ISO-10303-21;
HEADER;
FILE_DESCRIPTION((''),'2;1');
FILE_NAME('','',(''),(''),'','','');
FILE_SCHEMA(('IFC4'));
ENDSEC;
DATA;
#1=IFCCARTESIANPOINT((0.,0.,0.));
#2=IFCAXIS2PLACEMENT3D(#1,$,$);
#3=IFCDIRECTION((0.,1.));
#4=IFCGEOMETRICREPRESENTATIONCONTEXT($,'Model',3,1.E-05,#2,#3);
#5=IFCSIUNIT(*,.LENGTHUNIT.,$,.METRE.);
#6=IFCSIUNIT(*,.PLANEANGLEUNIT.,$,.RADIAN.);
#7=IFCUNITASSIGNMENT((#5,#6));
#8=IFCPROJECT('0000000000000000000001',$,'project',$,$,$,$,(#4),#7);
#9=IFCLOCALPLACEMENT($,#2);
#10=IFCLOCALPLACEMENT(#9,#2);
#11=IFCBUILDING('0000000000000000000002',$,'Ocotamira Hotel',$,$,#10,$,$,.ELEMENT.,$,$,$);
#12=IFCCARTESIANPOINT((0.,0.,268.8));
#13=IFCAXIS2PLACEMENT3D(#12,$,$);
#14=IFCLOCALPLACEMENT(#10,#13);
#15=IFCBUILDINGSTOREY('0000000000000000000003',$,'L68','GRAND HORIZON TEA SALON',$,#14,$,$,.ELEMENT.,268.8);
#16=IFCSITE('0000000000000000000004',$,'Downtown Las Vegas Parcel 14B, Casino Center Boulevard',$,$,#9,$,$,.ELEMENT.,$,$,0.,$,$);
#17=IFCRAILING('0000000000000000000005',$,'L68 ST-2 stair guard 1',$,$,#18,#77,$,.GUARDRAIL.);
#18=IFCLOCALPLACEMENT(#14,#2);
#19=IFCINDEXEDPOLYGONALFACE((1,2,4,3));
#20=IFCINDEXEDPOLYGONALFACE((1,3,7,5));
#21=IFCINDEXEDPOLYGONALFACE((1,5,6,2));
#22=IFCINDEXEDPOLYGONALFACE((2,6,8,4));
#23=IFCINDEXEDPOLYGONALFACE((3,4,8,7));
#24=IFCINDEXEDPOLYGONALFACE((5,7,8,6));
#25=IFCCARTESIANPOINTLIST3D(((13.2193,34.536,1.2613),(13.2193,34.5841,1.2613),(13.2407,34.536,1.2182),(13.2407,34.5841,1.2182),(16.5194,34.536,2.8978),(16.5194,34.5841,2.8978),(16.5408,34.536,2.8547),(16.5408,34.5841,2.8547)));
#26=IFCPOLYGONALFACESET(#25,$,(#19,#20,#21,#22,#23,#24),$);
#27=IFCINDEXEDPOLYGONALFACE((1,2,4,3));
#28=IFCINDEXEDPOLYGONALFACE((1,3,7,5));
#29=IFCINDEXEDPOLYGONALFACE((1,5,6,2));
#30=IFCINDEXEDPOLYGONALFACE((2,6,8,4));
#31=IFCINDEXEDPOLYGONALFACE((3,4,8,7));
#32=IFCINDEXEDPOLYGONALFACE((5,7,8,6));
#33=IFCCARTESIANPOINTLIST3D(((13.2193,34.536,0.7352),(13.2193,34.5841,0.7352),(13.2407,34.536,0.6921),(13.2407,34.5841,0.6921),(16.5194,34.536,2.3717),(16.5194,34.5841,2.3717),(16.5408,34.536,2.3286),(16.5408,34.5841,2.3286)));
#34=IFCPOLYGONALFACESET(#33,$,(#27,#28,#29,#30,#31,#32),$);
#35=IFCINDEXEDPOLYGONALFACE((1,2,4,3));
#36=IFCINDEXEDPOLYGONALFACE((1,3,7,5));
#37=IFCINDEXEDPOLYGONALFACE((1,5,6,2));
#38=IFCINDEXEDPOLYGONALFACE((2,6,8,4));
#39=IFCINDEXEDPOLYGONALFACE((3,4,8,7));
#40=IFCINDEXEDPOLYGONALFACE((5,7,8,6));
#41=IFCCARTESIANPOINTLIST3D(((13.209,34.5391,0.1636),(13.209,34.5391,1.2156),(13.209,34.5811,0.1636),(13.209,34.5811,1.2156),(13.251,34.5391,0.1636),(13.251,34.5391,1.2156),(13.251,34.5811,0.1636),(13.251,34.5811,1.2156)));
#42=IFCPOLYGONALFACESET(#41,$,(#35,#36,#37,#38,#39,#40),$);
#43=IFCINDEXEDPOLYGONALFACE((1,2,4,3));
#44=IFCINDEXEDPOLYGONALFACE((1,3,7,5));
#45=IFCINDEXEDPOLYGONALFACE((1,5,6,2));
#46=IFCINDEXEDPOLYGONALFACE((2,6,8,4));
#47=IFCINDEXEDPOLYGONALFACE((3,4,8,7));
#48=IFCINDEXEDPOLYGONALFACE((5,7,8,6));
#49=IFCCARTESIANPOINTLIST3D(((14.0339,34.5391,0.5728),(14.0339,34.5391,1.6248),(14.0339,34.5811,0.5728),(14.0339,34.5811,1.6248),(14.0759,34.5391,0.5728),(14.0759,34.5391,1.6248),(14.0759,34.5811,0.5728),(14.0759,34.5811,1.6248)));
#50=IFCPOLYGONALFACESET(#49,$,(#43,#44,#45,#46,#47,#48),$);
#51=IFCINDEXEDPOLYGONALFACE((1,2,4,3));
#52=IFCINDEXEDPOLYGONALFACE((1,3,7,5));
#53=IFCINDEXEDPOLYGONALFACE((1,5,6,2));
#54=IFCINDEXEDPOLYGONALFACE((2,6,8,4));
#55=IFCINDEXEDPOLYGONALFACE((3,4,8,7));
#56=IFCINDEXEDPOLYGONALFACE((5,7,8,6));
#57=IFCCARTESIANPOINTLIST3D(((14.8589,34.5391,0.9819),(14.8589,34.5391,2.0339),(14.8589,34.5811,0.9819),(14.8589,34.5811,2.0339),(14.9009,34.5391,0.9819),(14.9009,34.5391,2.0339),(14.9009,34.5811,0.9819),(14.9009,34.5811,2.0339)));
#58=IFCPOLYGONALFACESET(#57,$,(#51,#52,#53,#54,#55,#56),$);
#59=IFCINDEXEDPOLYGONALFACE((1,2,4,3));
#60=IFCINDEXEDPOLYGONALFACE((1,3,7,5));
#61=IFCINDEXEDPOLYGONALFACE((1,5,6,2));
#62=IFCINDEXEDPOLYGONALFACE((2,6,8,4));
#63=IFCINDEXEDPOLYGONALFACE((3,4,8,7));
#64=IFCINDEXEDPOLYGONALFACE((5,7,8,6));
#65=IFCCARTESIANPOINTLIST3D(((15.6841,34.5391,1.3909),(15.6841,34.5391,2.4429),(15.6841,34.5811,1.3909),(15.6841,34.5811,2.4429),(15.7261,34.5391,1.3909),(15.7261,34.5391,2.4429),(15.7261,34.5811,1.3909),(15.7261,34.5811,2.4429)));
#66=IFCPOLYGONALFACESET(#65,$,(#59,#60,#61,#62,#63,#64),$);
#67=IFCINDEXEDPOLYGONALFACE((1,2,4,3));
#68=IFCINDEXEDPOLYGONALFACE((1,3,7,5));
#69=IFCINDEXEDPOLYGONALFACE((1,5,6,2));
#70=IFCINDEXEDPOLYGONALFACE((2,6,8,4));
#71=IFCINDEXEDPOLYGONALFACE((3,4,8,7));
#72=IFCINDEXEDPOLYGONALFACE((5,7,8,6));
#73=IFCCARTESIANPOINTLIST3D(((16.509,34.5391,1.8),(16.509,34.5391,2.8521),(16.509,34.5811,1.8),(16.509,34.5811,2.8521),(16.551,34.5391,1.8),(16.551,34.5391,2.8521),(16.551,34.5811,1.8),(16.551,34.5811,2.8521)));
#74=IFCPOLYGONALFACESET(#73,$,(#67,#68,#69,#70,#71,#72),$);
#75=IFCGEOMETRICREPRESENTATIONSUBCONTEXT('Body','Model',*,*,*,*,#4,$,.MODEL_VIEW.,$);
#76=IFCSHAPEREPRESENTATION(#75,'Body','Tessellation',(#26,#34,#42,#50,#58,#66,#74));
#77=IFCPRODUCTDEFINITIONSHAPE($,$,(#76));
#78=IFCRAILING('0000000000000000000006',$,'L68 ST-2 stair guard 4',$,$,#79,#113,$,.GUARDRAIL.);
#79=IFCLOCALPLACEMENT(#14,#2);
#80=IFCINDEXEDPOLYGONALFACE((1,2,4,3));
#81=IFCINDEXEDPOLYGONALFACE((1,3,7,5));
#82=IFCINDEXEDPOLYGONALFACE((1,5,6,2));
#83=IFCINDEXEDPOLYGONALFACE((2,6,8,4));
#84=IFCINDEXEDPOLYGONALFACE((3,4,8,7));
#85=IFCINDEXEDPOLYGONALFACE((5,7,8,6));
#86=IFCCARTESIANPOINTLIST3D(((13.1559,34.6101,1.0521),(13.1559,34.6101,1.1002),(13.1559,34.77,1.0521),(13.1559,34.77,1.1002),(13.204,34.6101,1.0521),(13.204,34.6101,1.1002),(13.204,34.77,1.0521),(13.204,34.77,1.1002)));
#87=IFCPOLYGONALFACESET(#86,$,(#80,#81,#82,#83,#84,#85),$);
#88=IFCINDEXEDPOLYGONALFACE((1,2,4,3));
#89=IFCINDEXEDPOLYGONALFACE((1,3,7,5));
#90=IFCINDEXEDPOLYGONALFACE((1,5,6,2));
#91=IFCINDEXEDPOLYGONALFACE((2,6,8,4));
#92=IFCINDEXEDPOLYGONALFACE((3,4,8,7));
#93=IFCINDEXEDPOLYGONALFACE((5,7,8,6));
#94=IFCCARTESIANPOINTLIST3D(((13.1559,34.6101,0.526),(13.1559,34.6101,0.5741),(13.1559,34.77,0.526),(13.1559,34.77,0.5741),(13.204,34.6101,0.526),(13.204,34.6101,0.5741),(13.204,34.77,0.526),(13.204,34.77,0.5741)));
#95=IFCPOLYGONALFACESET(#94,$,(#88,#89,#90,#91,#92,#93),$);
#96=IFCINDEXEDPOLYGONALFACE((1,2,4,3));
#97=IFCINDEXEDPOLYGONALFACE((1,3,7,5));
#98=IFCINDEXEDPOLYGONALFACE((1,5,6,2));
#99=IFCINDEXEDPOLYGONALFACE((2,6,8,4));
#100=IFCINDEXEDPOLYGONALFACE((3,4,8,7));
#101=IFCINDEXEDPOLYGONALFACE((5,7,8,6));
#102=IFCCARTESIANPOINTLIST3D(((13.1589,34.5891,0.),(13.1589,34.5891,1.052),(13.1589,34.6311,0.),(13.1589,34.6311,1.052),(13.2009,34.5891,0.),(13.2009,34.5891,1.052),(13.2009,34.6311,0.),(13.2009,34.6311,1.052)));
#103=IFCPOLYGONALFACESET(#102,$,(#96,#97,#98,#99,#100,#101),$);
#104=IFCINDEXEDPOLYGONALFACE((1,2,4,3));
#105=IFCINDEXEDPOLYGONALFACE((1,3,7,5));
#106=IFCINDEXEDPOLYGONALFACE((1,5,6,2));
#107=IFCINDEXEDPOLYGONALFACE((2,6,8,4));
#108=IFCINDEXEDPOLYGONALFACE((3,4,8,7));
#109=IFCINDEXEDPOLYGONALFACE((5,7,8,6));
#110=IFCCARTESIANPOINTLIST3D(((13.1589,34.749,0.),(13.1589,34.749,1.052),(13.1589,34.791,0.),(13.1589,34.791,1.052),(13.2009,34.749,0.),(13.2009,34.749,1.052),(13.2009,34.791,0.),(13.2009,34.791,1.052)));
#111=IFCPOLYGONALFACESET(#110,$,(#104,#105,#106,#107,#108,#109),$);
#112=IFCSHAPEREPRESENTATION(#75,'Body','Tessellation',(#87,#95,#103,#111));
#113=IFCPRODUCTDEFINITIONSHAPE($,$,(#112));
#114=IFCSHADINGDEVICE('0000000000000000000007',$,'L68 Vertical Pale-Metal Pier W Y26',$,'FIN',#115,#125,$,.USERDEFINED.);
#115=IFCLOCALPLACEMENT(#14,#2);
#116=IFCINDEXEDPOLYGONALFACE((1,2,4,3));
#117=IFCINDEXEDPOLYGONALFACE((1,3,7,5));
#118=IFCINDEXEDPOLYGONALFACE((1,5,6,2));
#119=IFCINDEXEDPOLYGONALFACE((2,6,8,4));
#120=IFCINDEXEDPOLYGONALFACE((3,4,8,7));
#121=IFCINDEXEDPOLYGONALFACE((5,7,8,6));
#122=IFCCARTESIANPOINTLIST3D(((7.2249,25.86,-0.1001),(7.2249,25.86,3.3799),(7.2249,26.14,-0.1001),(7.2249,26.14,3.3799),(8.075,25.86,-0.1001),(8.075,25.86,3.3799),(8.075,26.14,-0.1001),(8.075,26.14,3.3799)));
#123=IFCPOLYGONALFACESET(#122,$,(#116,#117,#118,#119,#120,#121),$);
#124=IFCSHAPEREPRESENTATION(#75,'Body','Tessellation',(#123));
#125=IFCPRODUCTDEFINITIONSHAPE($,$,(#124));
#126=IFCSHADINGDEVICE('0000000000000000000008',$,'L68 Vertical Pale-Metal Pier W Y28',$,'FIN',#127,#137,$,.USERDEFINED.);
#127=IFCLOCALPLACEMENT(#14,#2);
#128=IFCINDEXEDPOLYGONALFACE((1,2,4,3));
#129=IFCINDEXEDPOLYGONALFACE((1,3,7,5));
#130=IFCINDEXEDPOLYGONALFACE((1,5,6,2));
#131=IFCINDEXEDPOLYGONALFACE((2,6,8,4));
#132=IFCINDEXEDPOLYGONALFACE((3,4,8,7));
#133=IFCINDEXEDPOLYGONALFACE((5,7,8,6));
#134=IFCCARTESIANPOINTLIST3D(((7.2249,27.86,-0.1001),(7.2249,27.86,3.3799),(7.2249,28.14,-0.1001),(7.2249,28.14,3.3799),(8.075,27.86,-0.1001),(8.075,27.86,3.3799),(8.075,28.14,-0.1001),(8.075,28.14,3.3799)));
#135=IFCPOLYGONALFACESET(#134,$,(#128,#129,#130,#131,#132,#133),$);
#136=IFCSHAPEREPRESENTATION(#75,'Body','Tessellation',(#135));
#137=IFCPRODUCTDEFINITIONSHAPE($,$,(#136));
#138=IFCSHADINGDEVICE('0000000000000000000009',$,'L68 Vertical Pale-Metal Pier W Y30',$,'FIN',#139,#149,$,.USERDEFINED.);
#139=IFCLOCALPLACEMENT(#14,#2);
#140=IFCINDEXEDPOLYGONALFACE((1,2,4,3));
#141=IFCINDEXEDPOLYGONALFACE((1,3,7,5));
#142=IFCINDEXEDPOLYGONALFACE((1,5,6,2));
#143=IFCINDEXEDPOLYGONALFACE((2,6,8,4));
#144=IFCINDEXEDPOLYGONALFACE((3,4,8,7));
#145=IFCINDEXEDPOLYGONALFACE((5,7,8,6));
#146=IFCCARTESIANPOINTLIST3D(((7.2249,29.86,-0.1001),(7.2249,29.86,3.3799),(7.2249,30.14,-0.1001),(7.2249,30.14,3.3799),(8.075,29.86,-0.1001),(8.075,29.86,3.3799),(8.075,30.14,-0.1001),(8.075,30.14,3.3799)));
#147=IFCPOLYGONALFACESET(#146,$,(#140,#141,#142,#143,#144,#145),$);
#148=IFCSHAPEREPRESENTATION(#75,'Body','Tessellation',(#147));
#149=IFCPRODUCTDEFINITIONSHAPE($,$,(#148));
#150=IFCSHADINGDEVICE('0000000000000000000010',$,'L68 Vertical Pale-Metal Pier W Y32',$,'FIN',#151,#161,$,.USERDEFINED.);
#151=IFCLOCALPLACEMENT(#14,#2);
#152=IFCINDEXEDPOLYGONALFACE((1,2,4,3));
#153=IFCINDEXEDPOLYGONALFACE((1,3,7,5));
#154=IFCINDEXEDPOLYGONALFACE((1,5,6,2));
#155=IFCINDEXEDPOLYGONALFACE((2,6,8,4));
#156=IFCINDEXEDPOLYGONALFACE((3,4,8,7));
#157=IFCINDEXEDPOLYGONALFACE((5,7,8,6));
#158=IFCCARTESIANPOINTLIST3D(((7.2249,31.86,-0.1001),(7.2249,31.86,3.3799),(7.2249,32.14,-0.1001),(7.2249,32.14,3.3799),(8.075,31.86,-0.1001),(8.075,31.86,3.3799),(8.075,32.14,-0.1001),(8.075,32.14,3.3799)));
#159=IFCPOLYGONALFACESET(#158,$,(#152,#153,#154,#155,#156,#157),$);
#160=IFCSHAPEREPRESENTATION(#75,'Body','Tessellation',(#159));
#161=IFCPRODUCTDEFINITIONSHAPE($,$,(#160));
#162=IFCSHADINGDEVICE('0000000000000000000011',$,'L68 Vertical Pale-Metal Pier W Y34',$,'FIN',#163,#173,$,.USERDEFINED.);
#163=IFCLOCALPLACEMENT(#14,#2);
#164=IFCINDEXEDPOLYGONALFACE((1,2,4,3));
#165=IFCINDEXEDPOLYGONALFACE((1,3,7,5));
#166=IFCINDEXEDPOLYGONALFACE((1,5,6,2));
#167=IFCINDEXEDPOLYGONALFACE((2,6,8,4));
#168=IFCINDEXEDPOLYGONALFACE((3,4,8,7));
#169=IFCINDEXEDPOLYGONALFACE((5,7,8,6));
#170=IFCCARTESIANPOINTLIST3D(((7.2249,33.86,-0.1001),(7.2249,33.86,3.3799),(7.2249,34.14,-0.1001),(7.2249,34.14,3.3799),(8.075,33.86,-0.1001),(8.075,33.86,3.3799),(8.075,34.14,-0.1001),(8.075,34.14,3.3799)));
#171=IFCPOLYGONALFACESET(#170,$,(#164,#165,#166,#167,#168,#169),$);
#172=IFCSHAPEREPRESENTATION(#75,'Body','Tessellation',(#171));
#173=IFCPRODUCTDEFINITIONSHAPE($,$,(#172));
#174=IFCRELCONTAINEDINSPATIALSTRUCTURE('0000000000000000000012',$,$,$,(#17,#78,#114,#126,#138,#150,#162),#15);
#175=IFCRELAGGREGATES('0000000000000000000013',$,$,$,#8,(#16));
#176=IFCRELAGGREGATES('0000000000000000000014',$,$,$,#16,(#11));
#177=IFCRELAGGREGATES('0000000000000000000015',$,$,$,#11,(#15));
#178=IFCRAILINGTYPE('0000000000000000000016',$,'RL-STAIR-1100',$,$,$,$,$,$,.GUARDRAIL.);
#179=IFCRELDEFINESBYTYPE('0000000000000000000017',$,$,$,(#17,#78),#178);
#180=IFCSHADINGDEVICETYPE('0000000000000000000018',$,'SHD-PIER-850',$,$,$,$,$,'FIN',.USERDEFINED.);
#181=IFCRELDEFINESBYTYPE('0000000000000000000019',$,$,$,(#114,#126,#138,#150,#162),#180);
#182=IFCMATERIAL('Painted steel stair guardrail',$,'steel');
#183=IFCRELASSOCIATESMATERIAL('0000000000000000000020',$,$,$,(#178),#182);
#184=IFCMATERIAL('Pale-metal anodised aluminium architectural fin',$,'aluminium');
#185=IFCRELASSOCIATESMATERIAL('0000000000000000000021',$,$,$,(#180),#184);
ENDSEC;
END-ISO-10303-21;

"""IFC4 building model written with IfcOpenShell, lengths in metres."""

from ifc_helpers import new_model, si_unit, direction, frame, origin, origin_2d, place, context, subcontext, project, spatial, rectangle, extrude, source, transform, mapped, material, type_object, element, save


model = new_model("IFC4")

# Units and contexts
model_context = context("Model", 3, precision=1e-05, world=origin(), true_north=direction((0.0, 1.0)))
body_context = subcontext(model_context, "Body", "Model", "MODEL_VIEW")
ifc_project = project(units=[si_unit("LENGTHUNIT", "METRE"), si_unit("PLANEANGLEUNIT", "RADIAN")], contexts=[model_context])

# Site, building, storey
site_placement = place(None, origin())
site = spatial("IfcSite", under=ifc_project, at=site_placement, Name="Downtown Las Vegas Parcel 14B, Casino Center Boulevard", CompositionType="ELEMENT", RefElevation=0.0)
building_placement = place(site_placement, origin())
building = spatial("IfcBuilding", under=site, at=building_placement, Name="Ocotamira Hotel", CompositionType="ELEMENT")
storey_placement = place(building_placement, frame((0.0, 0.0, 268.8)))
storey = spatial("IfcBuildingStorey", under=building, at=storey_placement, Name="L68", Description="GRAND HORIZON TEA SALON", CompositionType="ELEMENT", Elevation=268.8)

# Railings
ifc_material_1 = material(Name="Painted steel stair guardrail", Category="steel")
railing_type_1 = type_object("IfcRailingType", Name="RL-STAIR-1100", PredefinedType="GUARDRAIL", material=ifc_material_1)
railing_1_placement = place(storey_placement, frame((13.23, 34.5601, 0.1636)))
element("IfcRailing", 1, at=railing_1_placement, inside=storey, type_object=railing_type_1, Name="L68 ST-2 stair guard 1", PredefinedType="GUARDRAIL", context=body_context, shape_type="SweptSolid", body=[
    extrude(rectangle(XDim=0.0481, YDim=0.0481, at=origin_2d()), frame((0.0, 0.0, 1.0762), z_axis=(0.895894, 0.0, 0.444268), x_axis=(0.0, 1.0, 0.0)), (0.0, 0.0, 1.0), 3.6836),
    extrude(rectangle(XDim=0.0481, YDim=0.0481, at=origin_2d()), frame((0.0, 0.0, 0.55), z_axis=(0.895894, 0.0, 0.444268), x_axis=(0.0, 1.0, 0.0)), (0.0, 0.0, 1.0), 3.6836),
    extrude(rectangle(XDim=0.042, YDim=0.042, at=origin_2d()), origin(), (0.0, 0.0, 1.0), 1.052),
    extrude(rectangle(XDim=0.042, YDim=0.042, at=origin_2d()), frame((0.825, 0.0, 0.4092)), (0.0, 0.0, 1.0), 1.052),
    extrude(rectangle(XDim=0.042, YDim=0.042, at=origin_2d()), frame((1.6499, 0.0, 0.8184)), (0.0, 0.0, 1.0), 1.052),
    extrude(rectangle(XDim=0.042, YDim=0.042, at=origin_2d()), frame((2.4751, 0.0, 1.2273)), (0.0, 0.0, 1.0), 1.052),
    extrude(rectangle(XDim=0.042, YDim=0.042, at=origin_2d()), frame((3.3, 0.0, 1.6365)), (0.0, 0.0, 1.0), 1.052),
])
railing_2_placement = place(storey_placement, frame((13.1799, 34.6101, 0.0)))
element("IfcRailing", 2, at=railing_2_placement, inside=storey, type_object=railing_type_1, Name="L68 ST-2 stair guard 4", PredefinedType="GUARDRAIL", context=body_context, shape_type="SweptSolid", body=[
    extrude(rectangle(XDim=0.0481, YDim=0.0481, at=origin_2d()), frame((0.0, 0.0, 1.0762), z_axis=(0.0, 1.0, 0.0), x_axis=(-1.0, 0.0, 0.0)), (0.0, 0.0, 1.0), 0.1599),
    extrude(rectangle(XDim=0.0481, YDim=0.0481, at=origin_2d()), frame((0.0, 0.0, 0.55), z_axis=(0.0, 1.0, 0.0), x_axis=(-1.0, 0.0, 0.0)), (0.0, 0.0, 1.0), 0.1599),
    extrude(rectangle(XDim=0.042, YDim=0.042, at=origin_2d()), origin(), (0.0, 0.0, 1.0), 1.052),
    extrude(rectangle(XDim=0.042, YDim=0.042, at=origin_2d()), frame((0.0, 0.1599, 0.0)), (0.0, 0.0, 1.0), 1.052),
])

# Shading devices
ifc_material_2 = material(Name="Pale-metal anodised aluminium architectural fin", Category="aluminium")
shading_device_type = type_object("IfcShadingDeviceType", Name="SHD-PIER-850", ElementType="FIN", PredefinedType="USERDEFINED", material=ifc_material_2)
shared_shape_1 = source(origin(), body_context, "Body", "SweptSolid", [
    extrude(rectangle(XDim=0.8501, YDim=0.28, at=origin_2d()), origin(), (0.0, 0.0, 1.0), 3.48),
])
for number, where, z_axis, x_axis, name in (
    (3, (7.6499, 26.0, -0.1001), (0.0, 0.0, 1.0), (1.0, 0.0, 0.0), "L68 Vertical Pale-Metal Pier W Y26"),
    (4, (7.6499, 28.0, -0.1001), (0.0, 0.0, 1.0), (1.0, 0.0, 0.0), "L68 Vertical Pale-Metal Pier W Y28"),
    (5, (7.6499, 30.0, -0.1001), (0.0, 0.0, 1.0), (1.0, 0.0, 0.0), "L68 Vertical Pale-Metal Pier W Y30"),
    (6, (7.6499, 32.0, -0.1001), (0.0, 0.0, 1.0), (1.0, 0.0, 0.0), "L68 Vertical Pale-Metal Pier W Y32"),
    (7, (7.6499, 34.0, -0.1001), (0.0, 0.0, 1.0), (1.0, 0.0, 0.0), "L68 Vertical Pale-Metal Pier W Y34"),
):
    element("IfcShadingDevice", number, at=place(storey_placement, frame(where, z_axis=z_axis, x_axis=x_axis)), inside=storey, type_object=shading_device_type, Name=name, ObjectType="FIN", PredefinedType="USERDEFINED", context=body_context, shape_type="MappedRepresentation", body=[
        mapped(shared_shape_1, transform((0.0, 0.0, 0.0), scale=1.0)),
    ])

save(model, "model.ifc")
